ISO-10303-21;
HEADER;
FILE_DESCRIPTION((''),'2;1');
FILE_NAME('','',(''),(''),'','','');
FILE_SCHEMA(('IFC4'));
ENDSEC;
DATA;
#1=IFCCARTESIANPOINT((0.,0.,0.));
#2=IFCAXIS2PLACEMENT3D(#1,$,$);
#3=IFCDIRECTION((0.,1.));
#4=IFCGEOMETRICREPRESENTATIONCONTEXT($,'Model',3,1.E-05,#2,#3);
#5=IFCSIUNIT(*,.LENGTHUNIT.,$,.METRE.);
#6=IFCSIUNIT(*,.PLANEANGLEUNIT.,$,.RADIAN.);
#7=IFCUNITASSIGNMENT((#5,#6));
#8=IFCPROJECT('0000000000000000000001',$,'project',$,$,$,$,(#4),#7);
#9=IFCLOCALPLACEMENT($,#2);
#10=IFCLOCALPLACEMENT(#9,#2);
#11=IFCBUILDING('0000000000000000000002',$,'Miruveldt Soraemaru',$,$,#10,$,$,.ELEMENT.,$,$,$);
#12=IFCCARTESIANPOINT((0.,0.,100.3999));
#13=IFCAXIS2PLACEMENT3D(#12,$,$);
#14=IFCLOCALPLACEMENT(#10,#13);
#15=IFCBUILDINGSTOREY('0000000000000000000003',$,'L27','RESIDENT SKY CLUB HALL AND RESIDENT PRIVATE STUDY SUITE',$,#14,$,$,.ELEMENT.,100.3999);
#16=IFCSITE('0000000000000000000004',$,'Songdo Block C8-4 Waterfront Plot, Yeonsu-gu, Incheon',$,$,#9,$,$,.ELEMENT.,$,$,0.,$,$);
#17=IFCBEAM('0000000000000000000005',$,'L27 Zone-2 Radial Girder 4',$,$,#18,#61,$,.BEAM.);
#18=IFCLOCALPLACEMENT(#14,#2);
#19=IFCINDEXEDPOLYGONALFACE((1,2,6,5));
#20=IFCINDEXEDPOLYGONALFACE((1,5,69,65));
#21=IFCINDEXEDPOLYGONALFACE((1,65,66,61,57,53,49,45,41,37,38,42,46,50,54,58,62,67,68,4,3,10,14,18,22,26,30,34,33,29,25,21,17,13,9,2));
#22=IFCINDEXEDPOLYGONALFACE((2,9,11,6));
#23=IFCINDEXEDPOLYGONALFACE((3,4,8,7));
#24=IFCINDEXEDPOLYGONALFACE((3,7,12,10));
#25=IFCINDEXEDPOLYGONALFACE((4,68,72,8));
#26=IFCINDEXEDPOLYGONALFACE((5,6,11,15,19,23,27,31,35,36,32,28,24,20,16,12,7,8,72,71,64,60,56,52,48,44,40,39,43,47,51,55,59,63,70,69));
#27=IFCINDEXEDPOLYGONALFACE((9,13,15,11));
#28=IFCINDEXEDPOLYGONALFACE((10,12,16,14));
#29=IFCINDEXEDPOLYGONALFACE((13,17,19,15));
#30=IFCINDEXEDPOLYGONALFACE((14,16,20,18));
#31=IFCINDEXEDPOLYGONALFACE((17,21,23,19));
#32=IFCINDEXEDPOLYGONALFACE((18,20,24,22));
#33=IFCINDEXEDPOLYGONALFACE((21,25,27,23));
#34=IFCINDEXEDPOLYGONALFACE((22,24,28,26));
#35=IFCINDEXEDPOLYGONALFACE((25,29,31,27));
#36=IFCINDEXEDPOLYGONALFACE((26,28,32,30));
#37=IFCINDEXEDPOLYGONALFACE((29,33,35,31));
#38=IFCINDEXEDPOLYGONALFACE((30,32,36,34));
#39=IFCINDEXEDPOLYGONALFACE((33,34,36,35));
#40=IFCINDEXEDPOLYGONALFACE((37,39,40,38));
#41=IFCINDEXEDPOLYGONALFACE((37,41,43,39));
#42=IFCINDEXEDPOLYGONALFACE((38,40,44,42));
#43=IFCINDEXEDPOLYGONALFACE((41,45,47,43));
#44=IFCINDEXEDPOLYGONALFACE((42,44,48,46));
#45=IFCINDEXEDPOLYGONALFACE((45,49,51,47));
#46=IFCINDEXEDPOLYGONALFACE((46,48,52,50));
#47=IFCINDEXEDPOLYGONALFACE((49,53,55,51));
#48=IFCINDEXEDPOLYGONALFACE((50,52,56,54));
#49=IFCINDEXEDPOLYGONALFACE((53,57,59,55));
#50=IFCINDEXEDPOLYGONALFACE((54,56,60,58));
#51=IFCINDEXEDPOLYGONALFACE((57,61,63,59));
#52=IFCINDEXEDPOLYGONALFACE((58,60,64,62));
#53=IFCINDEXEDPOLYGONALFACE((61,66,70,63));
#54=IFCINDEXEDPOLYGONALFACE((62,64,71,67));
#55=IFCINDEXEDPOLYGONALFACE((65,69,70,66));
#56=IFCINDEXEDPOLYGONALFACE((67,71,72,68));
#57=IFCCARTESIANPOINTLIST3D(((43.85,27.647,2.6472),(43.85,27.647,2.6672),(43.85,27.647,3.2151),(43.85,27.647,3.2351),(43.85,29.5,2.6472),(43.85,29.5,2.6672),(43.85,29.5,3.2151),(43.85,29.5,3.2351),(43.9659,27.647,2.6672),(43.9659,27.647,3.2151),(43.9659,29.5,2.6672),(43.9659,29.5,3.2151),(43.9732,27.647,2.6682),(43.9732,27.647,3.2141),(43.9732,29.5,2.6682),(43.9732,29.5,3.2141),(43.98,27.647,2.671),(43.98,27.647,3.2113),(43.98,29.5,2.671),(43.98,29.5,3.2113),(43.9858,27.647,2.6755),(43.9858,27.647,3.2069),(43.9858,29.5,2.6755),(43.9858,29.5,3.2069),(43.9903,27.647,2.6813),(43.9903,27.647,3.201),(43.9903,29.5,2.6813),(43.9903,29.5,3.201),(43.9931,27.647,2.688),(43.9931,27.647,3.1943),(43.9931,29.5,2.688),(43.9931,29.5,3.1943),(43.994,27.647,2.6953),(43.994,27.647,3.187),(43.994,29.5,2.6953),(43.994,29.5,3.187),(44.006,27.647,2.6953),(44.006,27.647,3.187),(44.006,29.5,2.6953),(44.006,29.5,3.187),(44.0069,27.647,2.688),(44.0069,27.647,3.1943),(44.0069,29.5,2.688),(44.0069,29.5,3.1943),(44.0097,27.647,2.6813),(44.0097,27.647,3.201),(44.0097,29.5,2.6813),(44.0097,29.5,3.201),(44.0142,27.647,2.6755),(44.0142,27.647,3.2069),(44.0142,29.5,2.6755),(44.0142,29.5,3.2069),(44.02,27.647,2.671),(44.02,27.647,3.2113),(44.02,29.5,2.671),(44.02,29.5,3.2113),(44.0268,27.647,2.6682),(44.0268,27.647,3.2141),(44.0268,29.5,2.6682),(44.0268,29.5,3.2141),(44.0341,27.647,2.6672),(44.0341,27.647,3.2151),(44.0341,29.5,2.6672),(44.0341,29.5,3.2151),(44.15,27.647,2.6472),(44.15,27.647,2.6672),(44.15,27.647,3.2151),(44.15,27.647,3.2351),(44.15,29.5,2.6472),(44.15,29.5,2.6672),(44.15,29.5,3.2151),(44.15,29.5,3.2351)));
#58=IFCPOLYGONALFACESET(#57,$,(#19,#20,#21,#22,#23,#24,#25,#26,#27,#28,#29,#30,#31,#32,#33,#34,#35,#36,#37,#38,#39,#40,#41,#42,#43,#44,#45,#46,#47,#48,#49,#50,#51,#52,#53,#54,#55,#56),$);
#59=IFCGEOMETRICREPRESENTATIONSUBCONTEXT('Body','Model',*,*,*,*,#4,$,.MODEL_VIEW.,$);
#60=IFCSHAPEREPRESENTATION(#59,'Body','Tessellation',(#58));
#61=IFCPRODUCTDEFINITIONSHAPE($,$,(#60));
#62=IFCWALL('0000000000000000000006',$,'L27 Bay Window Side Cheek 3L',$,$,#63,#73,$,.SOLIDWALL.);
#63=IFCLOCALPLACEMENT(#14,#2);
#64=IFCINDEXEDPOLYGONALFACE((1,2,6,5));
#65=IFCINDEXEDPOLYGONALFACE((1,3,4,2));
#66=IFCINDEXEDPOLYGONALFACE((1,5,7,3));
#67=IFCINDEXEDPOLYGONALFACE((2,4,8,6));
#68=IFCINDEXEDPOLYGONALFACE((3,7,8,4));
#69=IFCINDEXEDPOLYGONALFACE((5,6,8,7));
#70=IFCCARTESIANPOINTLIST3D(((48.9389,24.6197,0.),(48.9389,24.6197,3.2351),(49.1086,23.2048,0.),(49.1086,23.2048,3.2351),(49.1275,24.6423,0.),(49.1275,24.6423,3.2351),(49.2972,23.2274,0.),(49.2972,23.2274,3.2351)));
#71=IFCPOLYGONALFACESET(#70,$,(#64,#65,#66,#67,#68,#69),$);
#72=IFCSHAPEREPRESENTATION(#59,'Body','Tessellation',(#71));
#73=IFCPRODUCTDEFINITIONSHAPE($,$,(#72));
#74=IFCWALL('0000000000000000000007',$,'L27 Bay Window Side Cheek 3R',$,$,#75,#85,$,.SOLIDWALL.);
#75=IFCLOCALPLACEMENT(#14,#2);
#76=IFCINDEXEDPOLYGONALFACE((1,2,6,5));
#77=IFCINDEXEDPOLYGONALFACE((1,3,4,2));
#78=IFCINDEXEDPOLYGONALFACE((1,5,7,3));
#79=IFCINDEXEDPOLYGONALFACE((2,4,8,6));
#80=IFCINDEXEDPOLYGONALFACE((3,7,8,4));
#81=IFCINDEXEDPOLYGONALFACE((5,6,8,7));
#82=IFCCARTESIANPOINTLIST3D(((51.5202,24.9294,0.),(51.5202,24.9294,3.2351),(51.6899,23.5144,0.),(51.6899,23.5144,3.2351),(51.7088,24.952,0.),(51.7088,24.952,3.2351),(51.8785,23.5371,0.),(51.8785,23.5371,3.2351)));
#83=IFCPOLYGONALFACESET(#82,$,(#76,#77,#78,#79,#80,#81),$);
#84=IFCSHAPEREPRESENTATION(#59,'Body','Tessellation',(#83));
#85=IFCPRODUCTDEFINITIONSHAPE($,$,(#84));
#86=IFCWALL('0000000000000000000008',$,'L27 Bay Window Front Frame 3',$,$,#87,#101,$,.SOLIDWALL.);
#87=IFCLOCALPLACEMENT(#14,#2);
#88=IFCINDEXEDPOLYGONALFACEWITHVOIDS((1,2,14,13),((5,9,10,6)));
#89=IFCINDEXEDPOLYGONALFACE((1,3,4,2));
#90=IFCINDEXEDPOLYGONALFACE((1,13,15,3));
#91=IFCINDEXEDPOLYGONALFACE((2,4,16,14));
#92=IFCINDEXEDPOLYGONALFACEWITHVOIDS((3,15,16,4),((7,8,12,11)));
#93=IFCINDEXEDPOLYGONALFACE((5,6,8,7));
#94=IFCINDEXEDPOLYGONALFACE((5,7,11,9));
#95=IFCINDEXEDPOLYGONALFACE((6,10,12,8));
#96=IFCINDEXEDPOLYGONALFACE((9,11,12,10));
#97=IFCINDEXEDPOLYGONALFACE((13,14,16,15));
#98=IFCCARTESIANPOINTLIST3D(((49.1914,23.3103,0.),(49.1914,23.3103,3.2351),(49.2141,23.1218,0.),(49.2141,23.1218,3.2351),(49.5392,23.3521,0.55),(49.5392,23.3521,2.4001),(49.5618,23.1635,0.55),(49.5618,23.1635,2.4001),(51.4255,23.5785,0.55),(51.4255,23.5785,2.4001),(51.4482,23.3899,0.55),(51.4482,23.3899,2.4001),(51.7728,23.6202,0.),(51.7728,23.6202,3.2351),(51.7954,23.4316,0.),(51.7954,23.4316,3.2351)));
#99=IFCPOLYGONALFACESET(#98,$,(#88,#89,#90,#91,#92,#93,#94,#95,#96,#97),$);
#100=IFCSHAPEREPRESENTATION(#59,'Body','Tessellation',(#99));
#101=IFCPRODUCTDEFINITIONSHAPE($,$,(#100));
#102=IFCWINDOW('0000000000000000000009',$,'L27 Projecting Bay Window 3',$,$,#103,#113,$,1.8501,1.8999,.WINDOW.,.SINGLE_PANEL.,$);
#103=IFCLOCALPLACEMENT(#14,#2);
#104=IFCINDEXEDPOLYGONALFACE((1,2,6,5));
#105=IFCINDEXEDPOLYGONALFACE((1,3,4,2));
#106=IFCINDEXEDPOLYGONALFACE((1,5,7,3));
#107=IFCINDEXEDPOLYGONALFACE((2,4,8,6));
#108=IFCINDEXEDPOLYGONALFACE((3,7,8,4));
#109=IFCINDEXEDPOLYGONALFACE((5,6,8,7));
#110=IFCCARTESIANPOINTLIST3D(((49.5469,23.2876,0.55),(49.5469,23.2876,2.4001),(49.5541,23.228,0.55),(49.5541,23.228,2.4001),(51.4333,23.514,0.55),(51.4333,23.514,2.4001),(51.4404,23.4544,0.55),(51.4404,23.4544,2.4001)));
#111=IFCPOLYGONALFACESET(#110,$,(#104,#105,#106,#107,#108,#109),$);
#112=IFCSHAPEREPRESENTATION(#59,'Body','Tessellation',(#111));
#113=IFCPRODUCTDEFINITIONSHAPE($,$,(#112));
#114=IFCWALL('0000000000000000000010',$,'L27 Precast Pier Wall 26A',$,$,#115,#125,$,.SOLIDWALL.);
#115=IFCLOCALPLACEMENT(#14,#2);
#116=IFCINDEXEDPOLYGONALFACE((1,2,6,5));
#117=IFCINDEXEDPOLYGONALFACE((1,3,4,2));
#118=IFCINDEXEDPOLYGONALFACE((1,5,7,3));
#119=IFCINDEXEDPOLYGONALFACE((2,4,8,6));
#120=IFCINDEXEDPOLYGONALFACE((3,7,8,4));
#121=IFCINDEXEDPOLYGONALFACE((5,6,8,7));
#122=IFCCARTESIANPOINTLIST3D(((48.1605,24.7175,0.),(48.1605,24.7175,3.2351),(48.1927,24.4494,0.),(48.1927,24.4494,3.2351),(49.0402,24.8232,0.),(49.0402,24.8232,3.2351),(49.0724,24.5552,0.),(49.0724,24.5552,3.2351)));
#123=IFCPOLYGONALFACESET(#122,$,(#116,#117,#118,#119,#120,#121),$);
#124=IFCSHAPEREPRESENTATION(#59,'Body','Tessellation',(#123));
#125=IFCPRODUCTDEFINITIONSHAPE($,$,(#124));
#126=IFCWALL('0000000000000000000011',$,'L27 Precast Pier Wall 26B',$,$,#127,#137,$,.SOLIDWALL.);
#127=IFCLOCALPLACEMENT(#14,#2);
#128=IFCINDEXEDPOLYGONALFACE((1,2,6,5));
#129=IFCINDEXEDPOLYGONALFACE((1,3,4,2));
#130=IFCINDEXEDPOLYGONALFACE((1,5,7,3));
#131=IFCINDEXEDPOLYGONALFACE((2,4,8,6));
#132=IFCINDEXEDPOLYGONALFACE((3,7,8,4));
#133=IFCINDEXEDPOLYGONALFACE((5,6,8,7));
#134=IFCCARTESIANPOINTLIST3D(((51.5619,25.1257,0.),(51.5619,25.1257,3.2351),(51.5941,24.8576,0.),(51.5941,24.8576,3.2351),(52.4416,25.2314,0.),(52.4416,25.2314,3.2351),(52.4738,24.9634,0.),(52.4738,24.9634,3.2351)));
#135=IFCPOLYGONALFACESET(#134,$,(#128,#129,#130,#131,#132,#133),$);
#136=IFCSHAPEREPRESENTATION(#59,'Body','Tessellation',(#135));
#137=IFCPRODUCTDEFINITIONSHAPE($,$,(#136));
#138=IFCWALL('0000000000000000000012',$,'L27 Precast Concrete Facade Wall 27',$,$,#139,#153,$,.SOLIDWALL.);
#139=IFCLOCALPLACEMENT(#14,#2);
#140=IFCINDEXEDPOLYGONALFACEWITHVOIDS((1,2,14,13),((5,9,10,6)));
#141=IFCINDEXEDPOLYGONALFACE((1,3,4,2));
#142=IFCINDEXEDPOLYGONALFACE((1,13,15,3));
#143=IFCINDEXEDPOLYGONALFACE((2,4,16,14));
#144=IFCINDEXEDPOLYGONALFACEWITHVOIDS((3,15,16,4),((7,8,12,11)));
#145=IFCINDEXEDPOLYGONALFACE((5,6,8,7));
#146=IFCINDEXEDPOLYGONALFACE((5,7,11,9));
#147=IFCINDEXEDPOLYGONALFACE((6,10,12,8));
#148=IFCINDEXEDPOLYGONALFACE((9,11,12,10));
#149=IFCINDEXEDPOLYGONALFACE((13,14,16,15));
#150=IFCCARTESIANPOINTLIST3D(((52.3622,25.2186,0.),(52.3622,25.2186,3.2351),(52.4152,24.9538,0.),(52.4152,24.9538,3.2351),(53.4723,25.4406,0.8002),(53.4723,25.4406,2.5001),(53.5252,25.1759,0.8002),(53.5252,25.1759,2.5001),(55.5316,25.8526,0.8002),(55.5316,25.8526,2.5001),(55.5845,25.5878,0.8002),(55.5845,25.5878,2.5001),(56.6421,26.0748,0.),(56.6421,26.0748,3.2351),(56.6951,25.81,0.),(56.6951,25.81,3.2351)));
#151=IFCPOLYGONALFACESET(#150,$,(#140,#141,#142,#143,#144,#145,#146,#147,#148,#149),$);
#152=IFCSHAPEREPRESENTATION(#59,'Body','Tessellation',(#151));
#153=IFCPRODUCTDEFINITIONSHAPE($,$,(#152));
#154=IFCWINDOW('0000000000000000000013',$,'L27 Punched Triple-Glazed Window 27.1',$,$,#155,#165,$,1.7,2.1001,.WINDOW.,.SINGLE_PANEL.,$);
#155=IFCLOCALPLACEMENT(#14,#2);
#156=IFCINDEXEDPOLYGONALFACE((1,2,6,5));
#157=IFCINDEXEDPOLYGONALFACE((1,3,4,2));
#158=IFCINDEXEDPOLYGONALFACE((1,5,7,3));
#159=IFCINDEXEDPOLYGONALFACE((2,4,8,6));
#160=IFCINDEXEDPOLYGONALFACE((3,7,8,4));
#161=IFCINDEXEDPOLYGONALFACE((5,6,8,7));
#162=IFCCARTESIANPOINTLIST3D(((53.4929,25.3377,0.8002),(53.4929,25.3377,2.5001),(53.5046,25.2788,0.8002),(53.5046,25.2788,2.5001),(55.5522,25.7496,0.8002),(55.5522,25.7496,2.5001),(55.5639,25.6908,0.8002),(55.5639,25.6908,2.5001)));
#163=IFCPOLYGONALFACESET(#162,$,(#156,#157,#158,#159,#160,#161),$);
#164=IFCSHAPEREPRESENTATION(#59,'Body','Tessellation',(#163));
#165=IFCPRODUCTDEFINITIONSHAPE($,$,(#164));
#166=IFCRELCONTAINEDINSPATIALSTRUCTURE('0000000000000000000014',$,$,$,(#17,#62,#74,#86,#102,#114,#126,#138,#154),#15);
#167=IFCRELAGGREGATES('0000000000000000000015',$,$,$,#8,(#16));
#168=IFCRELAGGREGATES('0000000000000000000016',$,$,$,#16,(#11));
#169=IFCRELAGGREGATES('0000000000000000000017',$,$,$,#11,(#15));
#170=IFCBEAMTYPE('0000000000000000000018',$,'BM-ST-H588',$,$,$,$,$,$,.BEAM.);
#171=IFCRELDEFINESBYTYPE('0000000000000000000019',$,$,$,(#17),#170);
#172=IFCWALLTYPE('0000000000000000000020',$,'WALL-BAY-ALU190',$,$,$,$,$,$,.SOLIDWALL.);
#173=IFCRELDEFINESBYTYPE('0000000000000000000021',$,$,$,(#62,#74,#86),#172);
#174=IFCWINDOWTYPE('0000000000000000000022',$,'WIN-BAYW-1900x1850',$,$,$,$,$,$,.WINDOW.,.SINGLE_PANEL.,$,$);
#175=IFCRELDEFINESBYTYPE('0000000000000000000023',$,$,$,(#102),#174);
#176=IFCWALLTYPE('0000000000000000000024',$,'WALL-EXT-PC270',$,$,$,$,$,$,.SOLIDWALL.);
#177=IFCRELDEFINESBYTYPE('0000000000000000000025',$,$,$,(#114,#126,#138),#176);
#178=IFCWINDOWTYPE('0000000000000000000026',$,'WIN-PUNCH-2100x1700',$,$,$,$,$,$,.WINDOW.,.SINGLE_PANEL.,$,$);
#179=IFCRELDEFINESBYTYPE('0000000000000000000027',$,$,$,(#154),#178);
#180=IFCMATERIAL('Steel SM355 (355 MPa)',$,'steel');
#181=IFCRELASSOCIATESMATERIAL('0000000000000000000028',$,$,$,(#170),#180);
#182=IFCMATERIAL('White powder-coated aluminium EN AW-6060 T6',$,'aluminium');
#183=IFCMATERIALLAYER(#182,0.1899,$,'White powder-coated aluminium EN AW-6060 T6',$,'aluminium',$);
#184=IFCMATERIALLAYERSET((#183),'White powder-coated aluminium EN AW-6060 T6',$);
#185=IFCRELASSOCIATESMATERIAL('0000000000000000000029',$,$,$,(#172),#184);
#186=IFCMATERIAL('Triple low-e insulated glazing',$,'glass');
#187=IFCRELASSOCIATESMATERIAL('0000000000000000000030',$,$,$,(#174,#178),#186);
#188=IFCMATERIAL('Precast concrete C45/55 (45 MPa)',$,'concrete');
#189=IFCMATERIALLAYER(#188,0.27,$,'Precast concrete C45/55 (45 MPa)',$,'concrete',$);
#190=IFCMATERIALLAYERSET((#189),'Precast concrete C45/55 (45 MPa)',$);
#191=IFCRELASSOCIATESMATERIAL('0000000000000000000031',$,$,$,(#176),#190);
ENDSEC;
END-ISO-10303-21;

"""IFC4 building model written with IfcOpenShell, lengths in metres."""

from ifc_helpers import new_model, si_unit, direction, frame, frame_2d, origin, origin_2d, place, context, subcontext, project, spatial, rectangle, i_section, extrude, material, layer, layer_set, material_profile, profile_set, type_object, element, fill, save


model = new_model("IFC4")

# Units and contexts
model_context = context("Model", 3, precision=1e-05, world=origin(), true_north=direction((0.0, 1.0)))
body_context = subcontext(model_context, "Body", "Model", "MODEL_VIEW")
ifc_project = project(units=[si_unit("LENGTHUNIT", "METRE"), si_unit("PLANEANGLEUNIT", "RADIAN")], contexts=[model_context])

# Site, building, storey
site_placement = place(None, origin())
site = spatial("IfcSite", under=ifc_project, at=site_placement, Name="Songdo Block C8-4 Waterfront Plot, Yeonsu-gu, Incheon", CompositionType="ELEMENT", RefElevation=0.0)
building_placement = place(site_placement, origin())
building = spatial("IfcBuilding", under=site, at=building_placement, Name="Miruveldt Soraemaru", CompositionType="ELEMENT")
storey_placement = place(building_placement, frame((0.0, 0.0, 100.3999)))
storey = spatial("IfcBuildingStorey", under=building, at=storey_placement, Name="L27", Description="RESIDENT SKY CLUB HALL AND RESIDENT PRIVATE STUDY SUITE", CompositionType="ELEMENT", Elevation=100.3999)

# Beam
ifc_material_1 = material(Name="Steel SM355 (355 MPa)", Category="steel")
ifc_material_profile_1 = material_profile(ifc_material_1, i_section(OverallWidth=0.3, OverallDepth=0.5879, WebThickness=0.012, FlangeThickness=0.02, FilletRadius=0.0281, at=origin_2d()), Name="Steel SM355 (355 MPa)", Category="steel")
ifc_profile_set_1 = profile_set([ifc_material_profile_1], Name="Steel SM355 (355 MPa)")
beam_type_1 = type_object("IfcBeamType", Name="BM-ST-H588", PredefinedType="BEAM", material=ifc_profile_set_1)
beam_1_placement = place(storey_placement, frame((44.0, 29.5, 2.9412), z_axis=(0.0, -1.0, 0.0), x_axis=(1.0, 0.0, 0.0)))
element("IfcBeam", 1, at=beam_1_placement, inside=storey, type_object=beam_type_1, Name="L27 Zone-2 Radial Girder 4", PredefinedType="BEAM", context=body_context, shape_type="SweptSolid", body=[
    extrude(i_section(OverallWidth=0.3, OverallDepth=0.5879, WebThickness=0.012, FlangeThickness=0.02, FilletRadius=0.0281, at=origin_2d()), origin(), (0.0, 0.0, 1.0), 1.853),
])

# Walls
ifc_material_2 = material(Name="White powder-coated aluminium EN AW-6060 T6", Category="aluminium")
ifc_layer_1 = layer(ifc_material_2, 0.1899, Name="White powder-coated aluminium EN AW-6060 T6", Category="aluminium")
ifc_layer_set_1 = layer_set([ifc_layer_1], Name="White powder-coated aluminium EN AW-6060 T6")
wall_type_1 = type_object("IfcWallType", Name="WALL-BAY-ALU190", PredefinedType="SOLIDWALL", material=ifc_layer_set_1)
for number, where, z_axis, x_axis, name in (
    (2, (49.0332, 24.6309, 0.0), (0.0, 0.0, 1.0), (0.119078, -0.992885, 0.0), "L27 Bay Window Side Cheek 3L"),
    (3, (51.7842, 23.5259, 0.0), (0.0, 0.0, 1.0), (-0.119078, 0.992885, 0.0), "L27 Bay Window Side Cheek 3R"),
):
    element("IfcWall", number, at=place(storey_placement, frame(where, z_axis=z_axis, x_axis=x_axis)), inside=storey, type_object=wall_type_1, Name=name, PredefinedType="SOLIDWALL", context=body_context, shape_type="SweptSolid", body=[
        extrude(rectangle(XDim=1.425, YDim=0.1899, at=frame_2d((0.7124, 0.0))), origin(), (0.0, 0.0, 1.0), 3.2351),
    ])

# Wall, opening, window
wall_1_placement = place(storey_placement, frame((49.2029, 23.2161, 0.0), z_axis=(0.0, 0.0, 1.0), x_axis=(0.992874, 0.119167, 0.0)))
wall_1 = element("IfcWall", 4, at=wall_1_placement, inside=storey, type_object=wall_type_1, Name="L27 Bay Window Front Frame 3", PredefinedType="SOLIDWALL", context=body_context, shape_type="SweptSolid", body=[
    extrude(rectangle(XDim=2.5999, YDim=0.1899, at=frame_2d((1.2998, 0.0))), origin(), (0.0, 0.0, 1.0), 3.2351),
])
opening_1_placement = place(wall_1_placement, frame((0.3501, 0.0, 0.55)))
opening_1 = element("IfcOpeningElement", 5, at=opening_1_placement, cuts=wall_1, PredefinedType="OPENING", context=body_context, shape_type="SweptSolid", body=[
    extrude(rectangle(XDim=1.8999, YDim=1.8501, at=frame_2d((0.95, 0.925))), frame((0.0, 0.105, 0.0), z_axis=(0.0, -1.0, 0.0), x_axis=(1.0, 0.0, 0.0)), (0.0, 0.0, 1.0), 0.21),
])
ifc_material_3 = material(Name="Triple low-e insulated glazing", Category="glass")
window_type_1 = type_object("IfcWindowType", Name="WIN-BAYW-1900x1850", PartitioningType="SINGLE_PANEL", PredefinedType="WINDOW", material=ifc_material_3)
window_1_placement = place(opening_1_placement, origin())
window_1 = element("IfcWindow", 6, at=window_1_placement, inside=storey, type_object=window_type_1, Name="L27 Projecting Bay Window 3", OverallHeight=1.8501, OverallWidth=1.8999, PartitioningType="SINGLE_PANEL", PredefinedType="WINDOW", context=body_context, shape_type="SweptSolid", body=[
    extrude(rectangle(XDim=1.8999, YDim=1.8501, at=frame_2d((0.95, 0.925))), frame((0.0, 0.03, 0.0), z_axis=(0.0, -1.0, 0.0), x_axis=(1.0, 0.0, 0.0)), (0.0, 0.0, 1.0), 0.0601),
])
fill(opening_1, window_1)

# Walls
ifc_material_4 = material(Name="Precast concrete C45/55 (45 MPa)", Category="concrete")
ifc_layer_2 = layer(ifc_material_4, 0.27, Name="Precast concrete C45/55 (45 MPa)", Category="concrete")
ifc_layer_set_2 = layer_set([ifc_layer_2], Name="Precast concrete C45/55 (45 MPa)")
wall_type_2 = type_object("IfcWallType", Name="WALL-EXT-PC270", PredefinedType="SOLIDWALL", material=ifc_layer_set_2)
for number, where, z_axis, x_axis, name in (
    (7, (48.1768, 24.5835, 0.0), (0.0, 0.0, 1.0), (0.992856, 0.119319, 0.0), "L27 Precast Pier Wall 26A"),
    (8, (51.5781, 24.9917, 0.0), (0.0, 0.0, 1.0), (0.992856, 0.119319, 0.0), "L27 Precast Pier Wall 26B"),
):
    element("IfcWall", number, at=place(storey_placement, frame(where, z_axis=z_axis, x_axis=x_axis)), inside=storey, type_object=wall_type_2, Name=name, PredefinedType="SOLIDWALL", context=body_context, shape_type="SweptSolid", body=[
        extrude(rectangle(XDim=0.886, YDim=0.27, at=frame_2d((0.4429, 0.0))), origin(), (0.0, 0.0, 1.0), 3.2351),
    ])

# Wall, opening, window
wall_2_placement = place(storey_placement, frame((52.3887, 25.0862, 0.0), z_axis=(0.0, 0.0, 1.0), x_axis=(0.980572, 0.196159, 0.0)))
wall_2 = element("IfcWall", 9, at=wall_2_placement, inside=storey, type_object=wall_type_2, Name="L27 Precast Concrete Facade Wall 27", PredefinedType="SOLIDWALL", context=body_context, shape_type="SweptSolid", body=[
    extrude(rectangle(XDim=4.3647, YDim=0.27, at=frame_2d((2.1824, 0.0))), origin(), (0.0, 0.0, 1.0), 3.2351),
])
opening_2_placement = place(wall_2_placement, frame((1.1321, 0.0, 0.8)))
opening_2 = element("IfcOpeningElement", 10, at=opening_2_placement, cuts=wall_2, PredefinedType="OPENING", context=body_context, shape_type="SweptSolid", body=[
    extrude(rectangle(XDim=2.1001, YDim=1.7, at=frame_2d((1.05, 0.8501))), frame((0.0, 0.145, 0.0), z_axis=(0.0, -1.0, 0.0), x_axis=(1.0, 0.0, 0.0)), (0.0, 0.0, 1.0), 0.29),
])
window_type_2 = type_object("IfcWindowType", Name="WIN-PUNCH-2100x1700", PartitioningType="SINGLE_PANEL", PredefinedType="WINDOW", material=ifc_material_3)
window_2_placement = place(opening_2_placement, origin())
window_2 = element("IfcWindow", 11, at=window_2_placement, inside=storey, type_object=window_type_2, Name="L27 Punched Triple-Glazed Window 27.1", OverallHeight=1.7, OverallWidth=2.1001, PartitioningType="SINGLE_PANEL", PredefinedType="WINDOW", context=body_context, shape_type="SweptSolid", body=[
    extrude(rectangle(XDim=2.1001, YDim=1.7, at=frame_2d((1.05, 0.8501))), frame((0.0, 0.03, 0.0), z_axis=(0.0, -1.0, 0.0), x_axis=(1.0, 0.0, 0.0)), (0.0, 0.0, 1.0), 0.0601),
])
fill(opening_2, window_2)

save(model, "model.ifc")
